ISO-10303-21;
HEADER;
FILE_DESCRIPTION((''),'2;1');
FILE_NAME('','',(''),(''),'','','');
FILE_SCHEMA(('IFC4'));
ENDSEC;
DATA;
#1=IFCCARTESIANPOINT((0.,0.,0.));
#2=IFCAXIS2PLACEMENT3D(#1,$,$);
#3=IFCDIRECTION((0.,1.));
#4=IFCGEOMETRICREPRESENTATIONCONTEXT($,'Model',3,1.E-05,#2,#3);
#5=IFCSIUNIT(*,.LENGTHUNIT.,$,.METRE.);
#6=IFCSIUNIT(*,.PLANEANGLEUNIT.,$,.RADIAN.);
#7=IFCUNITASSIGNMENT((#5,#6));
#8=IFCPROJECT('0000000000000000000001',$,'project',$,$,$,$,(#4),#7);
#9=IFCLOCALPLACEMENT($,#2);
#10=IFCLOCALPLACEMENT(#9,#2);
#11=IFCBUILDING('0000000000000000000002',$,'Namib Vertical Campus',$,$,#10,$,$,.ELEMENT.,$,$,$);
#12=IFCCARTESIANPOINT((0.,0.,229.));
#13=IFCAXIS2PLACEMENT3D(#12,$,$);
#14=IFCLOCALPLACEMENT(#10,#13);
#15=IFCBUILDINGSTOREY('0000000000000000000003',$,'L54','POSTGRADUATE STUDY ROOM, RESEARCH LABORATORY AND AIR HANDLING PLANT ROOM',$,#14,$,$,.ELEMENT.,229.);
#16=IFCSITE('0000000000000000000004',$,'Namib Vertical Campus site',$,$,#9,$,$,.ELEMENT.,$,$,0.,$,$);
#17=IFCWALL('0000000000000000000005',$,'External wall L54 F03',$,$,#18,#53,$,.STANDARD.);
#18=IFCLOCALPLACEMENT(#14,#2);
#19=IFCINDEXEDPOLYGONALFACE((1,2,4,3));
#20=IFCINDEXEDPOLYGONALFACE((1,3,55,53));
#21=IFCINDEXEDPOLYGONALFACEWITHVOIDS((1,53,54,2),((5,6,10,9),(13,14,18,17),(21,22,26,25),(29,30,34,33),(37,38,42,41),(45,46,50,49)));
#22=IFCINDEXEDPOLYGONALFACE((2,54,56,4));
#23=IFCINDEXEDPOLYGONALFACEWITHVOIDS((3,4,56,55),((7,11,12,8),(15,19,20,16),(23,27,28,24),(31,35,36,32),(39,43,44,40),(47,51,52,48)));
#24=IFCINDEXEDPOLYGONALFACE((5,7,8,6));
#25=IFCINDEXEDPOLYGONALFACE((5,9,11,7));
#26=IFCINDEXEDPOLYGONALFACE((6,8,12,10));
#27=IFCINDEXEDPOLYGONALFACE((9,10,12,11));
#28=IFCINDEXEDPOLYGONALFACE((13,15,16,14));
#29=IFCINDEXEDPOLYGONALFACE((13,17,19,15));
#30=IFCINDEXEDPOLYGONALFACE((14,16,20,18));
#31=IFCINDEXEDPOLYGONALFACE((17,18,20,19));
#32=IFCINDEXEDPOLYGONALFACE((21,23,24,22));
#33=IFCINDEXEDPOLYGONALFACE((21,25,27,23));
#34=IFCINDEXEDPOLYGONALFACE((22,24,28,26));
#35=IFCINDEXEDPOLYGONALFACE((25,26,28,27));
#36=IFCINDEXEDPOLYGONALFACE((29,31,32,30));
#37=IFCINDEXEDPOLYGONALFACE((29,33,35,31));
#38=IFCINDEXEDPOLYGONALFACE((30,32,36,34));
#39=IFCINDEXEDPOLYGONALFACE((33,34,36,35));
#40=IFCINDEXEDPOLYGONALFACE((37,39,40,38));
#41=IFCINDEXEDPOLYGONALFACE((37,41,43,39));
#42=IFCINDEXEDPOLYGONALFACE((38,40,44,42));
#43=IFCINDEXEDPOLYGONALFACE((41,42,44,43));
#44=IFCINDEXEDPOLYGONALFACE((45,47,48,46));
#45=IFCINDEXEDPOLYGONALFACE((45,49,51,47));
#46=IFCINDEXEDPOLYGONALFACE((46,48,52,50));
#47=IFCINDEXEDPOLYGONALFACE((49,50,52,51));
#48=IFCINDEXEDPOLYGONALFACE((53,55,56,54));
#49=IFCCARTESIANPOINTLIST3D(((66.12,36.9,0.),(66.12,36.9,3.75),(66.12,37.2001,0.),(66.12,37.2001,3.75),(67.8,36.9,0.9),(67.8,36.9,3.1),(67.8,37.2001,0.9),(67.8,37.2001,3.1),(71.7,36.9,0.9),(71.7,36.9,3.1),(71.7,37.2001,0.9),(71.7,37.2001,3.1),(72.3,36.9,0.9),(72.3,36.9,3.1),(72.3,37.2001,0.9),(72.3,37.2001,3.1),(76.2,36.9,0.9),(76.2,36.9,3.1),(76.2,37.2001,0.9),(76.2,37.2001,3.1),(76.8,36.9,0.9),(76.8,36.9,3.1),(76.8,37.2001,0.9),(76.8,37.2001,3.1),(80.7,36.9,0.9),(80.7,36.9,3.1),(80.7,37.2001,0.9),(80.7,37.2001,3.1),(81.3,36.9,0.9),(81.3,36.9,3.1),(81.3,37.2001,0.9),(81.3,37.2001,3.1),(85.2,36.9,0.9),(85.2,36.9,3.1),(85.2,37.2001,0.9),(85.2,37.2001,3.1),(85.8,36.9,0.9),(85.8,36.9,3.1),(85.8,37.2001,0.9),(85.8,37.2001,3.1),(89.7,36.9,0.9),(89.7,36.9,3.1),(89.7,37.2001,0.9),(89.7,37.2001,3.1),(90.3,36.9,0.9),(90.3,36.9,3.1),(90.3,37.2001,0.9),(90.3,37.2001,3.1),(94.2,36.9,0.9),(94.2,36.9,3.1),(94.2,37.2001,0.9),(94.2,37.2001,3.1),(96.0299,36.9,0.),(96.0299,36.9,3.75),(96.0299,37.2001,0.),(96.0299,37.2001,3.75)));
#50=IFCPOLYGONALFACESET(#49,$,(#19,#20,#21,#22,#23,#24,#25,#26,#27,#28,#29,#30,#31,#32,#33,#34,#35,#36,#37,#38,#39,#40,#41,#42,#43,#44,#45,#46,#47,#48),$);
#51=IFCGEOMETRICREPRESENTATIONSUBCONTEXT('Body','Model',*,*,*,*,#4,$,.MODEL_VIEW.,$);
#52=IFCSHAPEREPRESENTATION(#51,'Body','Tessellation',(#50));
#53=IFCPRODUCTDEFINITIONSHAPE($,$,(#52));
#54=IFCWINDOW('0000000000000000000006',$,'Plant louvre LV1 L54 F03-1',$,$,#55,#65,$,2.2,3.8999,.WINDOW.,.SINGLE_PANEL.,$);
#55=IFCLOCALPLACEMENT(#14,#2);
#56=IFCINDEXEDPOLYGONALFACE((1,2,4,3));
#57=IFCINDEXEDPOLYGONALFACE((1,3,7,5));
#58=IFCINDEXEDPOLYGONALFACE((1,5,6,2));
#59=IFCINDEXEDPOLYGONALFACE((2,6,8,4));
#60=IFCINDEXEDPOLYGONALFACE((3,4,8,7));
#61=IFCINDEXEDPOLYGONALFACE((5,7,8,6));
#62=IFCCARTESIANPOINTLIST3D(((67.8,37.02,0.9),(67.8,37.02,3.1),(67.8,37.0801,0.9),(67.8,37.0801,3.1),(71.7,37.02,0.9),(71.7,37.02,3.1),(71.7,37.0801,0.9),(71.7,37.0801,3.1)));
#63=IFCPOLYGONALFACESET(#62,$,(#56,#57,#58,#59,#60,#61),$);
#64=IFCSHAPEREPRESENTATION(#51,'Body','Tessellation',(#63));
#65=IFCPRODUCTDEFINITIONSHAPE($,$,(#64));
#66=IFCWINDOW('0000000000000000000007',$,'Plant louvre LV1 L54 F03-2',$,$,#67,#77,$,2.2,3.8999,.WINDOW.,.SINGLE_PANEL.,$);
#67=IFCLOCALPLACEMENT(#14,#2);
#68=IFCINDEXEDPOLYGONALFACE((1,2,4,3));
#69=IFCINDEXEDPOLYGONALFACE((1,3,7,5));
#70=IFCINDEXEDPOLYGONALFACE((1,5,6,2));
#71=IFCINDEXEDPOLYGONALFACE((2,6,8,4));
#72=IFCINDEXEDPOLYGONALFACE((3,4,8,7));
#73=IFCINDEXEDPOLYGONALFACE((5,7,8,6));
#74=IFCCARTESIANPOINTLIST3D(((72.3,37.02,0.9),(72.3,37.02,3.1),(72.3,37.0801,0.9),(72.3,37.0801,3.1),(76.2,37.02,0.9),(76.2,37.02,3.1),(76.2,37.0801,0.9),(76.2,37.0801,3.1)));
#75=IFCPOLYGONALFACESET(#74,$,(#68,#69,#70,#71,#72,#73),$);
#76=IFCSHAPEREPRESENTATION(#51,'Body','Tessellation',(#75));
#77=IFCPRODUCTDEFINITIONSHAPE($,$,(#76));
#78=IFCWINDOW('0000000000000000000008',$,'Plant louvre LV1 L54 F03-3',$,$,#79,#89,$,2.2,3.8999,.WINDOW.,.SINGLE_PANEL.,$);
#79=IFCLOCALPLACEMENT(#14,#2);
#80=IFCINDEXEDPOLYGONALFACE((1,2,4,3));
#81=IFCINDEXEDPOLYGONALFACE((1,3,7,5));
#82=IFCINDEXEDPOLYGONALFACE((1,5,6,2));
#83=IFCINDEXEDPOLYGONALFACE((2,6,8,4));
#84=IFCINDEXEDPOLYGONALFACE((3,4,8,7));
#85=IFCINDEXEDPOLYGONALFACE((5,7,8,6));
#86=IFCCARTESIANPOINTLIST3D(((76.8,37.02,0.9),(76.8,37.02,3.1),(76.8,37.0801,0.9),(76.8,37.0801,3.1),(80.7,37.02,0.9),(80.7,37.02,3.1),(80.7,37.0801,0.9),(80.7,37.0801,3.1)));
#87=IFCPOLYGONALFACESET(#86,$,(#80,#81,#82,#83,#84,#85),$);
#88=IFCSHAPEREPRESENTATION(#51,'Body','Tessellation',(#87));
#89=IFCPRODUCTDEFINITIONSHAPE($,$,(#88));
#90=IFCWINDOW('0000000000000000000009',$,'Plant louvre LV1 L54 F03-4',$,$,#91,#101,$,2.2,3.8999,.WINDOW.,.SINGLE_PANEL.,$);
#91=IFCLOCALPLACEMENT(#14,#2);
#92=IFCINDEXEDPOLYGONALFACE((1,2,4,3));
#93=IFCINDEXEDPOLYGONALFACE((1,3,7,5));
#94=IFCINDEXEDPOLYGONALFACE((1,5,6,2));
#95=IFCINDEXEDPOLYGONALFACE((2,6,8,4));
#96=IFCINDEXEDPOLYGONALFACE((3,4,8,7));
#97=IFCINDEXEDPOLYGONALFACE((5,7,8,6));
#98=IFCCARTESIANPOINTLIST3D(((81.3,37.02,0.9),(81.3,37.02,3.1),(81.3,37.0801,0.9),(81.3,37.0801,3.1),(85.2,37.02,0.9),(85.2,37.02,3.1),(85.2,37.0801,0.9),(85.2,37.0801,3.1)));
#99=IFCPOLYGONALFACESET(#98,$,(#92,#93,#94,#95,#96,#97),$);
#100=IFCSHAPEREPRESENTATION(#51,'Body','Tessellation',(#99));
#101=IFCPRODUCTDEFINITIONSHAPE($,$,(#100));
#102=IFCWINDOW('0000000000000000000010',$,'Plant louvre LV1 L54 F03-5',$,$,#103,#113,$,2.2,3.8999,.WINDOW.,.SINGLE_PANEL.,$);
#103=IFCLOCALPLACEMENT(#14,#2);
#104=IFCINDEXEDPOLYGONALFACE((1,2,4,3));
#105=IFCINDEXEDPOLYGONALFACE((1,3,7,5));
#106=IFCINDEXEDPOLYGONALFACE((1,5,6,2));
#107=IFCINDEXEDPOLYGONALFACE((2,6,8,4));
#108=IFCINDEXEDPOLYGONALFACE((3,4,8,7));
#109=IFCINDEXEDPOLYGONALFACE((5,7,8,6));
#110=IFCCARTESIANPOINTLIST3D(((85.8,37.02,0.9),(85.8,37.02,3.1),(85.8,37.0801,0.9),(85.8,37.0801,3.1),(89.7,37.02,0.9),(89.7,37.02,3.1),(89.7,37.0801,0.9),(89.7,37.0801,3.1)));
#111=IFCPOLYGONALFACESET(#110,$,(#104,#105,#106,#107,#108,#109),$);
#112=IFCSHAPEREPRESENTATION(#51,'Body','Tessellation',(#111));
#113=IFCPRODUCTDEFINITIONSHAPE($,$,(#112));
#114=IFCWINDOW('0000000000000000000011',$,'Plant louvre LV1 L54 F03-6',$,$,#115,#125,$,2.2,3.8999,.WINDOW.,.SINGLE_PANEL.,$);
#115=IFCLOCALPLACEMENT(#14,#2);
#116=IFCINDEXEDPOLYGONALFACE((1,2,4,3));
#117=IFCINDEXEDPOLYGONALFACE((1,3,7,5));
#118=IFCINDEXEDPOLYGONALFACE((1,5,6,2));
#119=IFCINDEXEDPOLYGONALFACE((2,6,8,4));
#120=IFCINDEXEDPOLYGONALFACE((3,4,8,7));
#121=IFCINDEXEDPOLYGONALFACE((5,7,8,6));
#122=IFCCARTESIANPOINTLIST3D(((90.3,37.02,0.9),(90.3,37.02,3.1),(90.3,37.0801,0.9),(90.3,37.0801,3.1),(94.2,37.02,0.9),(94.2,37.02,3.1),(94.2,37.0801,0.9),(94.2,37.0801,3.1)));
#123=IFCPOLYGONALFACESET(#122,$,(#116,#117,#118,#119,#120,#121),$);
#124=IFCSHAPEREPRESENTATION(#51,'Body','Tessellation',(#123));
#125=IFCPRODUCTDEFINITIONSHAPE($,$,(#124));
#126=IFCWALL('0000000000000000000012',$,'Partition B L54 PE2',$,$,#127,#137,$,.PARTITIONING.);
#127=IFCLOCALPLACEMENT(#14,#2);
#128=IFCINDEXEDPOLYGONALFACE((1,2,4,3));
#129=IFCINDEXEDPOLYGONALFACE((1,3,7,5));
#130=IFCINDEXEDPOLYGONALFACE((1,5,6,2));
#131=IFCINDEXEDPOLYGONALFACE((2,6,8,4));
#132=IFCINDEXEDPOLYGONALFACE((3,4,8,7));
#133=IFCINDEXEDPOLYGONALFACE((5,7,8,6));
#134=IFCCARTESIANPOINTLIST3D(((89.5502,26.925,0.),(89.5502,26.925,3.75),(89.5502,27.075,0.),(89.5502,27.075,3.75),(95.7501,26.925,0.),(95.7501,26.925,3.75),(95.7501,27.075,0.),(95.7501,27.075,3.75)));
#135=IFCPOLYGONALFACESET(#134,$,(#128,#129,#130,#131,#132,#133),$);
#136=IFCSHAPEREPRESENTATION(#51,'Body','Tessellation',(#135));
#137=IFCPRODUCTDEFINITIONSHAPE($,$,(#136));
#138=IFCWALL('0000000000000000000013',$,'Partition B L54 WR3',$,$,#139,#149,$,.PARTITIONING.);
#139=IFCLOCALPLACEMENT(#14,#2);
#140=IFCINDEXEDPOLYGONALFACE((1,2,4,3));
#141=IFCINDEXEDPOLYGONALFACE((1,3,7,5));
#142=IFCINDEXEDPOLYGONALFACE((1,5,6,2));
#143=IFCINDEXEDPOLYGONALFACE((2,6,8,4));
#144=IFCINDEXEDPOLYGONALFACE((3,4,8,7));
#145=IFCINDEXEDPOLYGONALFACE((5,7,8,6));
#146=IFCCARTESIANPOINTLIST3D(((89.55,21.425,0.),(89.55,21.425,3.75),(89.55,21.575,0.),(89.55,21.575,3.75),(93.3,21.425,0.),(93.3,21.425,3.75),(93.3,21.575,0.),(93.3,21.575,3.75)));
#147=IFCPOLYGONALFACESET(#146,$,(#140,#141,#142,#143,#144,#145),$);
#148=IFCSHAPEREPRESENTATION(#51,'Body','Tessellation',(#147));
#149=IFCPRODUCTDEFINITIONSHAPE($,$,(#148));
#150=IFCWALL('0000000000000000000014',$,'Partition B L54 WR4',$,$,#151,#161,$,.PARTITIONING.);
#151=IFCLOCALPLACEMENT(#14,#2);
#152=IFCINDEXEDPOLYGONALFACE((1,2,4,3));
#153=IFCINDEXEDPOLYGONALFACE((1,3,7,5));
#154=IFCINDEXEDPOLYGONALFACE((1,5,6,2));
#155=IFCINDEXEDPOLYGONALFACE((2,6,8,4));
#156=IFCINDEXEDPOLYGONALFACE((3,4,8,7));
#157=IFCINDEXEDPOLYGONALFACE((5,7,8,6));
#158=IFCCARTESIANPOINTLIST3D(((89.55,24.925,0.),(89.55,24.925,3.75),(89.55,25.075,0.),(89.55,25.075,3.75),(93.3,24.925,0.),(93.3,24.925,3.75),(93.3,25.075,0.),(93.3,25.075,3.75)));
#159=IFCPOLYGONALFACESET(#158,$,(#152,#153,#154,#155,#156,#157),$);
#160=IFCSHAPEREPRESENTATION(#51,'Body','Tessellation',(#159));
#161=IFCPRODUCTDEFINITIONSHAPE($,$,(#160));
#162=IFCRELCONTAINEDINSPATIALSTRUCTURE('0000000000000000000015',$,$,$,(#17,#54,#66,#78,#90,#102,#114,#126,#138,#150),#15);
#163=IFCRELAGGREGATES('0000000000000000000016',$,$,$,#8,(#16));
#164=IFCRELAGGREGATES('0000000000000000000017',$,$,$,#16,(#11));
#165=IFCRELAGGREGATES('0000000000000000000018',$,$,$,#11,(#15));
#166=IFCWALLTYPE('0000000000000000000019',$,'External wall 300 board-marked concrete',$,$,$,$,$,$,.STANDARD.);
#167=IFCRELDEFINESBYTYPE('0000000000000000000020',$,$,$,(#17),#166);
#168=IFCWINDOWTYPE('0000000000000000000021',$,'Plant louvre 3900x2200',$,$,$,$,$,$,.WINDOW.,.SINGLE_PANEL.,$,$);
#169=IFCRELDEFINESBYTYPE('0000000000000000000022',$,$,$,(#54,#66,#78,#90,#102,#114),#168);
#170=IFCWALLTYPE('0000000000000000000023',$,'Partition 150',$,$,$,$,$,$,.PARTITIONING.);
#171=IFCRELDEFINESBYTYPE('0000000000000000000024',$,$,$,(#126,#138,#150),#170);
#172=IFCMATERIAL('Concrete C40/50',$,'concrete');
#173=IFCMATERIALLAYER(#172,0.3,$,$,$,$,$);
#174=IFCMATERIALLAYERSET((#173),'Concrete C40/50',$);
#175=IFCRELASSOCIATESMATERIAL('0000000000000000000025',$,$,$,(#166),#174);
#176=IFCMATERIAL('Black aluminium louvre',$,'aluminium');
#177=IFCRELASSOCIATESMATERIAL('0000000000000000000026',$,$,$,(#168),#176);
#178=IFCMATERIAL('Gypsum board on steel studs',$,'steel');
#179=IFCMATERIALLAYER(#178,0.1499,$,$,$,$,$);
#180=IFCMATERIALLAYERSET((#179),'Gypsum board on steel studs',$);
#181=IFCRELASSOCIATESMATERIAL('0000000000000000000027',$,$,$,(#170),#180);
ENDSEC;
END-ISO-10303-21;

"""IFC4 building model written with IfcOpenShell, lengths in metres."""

from ifc_helpers import new_model, si_unit, direction, frame, frame_2d, origin, place, context, subcontext, project, spatial, rectangle, extrude, material, layer, layer_set, type_object, element, fill, save


model = new_model("IFC4")

# Units and contexts
model_context = context("Model", 3, precision=1e-05, world=origin(), true_north=direction((0.0, 1.0)))
body_context = subcontext(model_context, "Body", "Model", "MODEL_VIEW")
ifc_project = project(units=[si_unit("LENGTHUNIT", "METRE"), si_unit("PLANEANGLEUNIT", "RADIAN")], contexts=[model_context])

# Site, building, storey
site_placement = place(None, origin())
site = spatial("IfcSite", under=ifc_project, at=site_placement, Name="Namib Vertical Campus site", CompositionType="ELEMENT", RefElevation=0.0)
building_placement = place(site_placement, origin())
building = spatial("IfcBuilding", under=site, at=building_placement, Name="Namib Vertical Campus", CompositionType="ELEMENT")
storey_placement = place(building_placement, frame((0.0, 0.0, 229.0)))
storey = spatial("IfcBuildingStorey", under=building, at=storey_placement, Name="L54", Description="POSTGRADUATE STUDY ROOM, RESEARCH LABORATORY AND AIR HANDLING PLANT ROOM", CompositionType="ELEMENT", Elevation=229.0)

# Wall, openings, windows
ifc_material_1 = material(Name="Concrete C40/50", Category="concrete")
ifc_layer_1 = layer(ifc_material_1, 0.3)
ifc_layer_set_1 = layer_set([ifc_layer_1], Name="Concrete C40/50")
wall_type_1 = type_object("IfcWallType", Name="External wall 300 board-marked concrete", PredefinedType="STANDARD", material=ifc_layer_set_1)
wall_1_placement = place(storey_placement, frame((96.03, 37.05, 0.0), z_axis=(0.0, 0.0, 1.0), x_axis=(-1.0, 0.0, 0.0)))
wall_1 = element("IfcWall", 1, at=wall_1_placement, inside=storey, type_object=wall_type_1, Name="External wall L54 F03", PredefinedType="STANDARD", context=body_context, shape_type="SweptSolid", body=[
    extrude(rectangle(XDim=29.9099, YDim=0.3, at=frame_2d((14.9551, 0.0))), origin(), (0.0, 0.0, 1.0), 3.75),
])
opening_1_placement = place(wall_1_placement, frame((24.3301, 0.0, 0.8999)))
opening_1 = element("IfcOpeningElement", 2, at=opening_1_placement, cuts=wall_1, PredefinedType="OPENING", context=body_context, shape_type="SweptSolid", body=[
    extrude(rectangle(XDim=3.8999, YDim=2.2, at=frame_2d((1.95, 1.1001))), frame((0.0, 0.1599, 0.0), z_axis=(0.0, -1.0, 0.0), x_axis=(1.0, 0.0, 0.0)), (0.0, 0.0, 1.0), 0.3201),
])
opening_2_placement = place(wall_1_placement, frame((19.8301, 0.0, 0.8999)))
opening_2 = element("IfcOpeningElement", 3, at=opening_2_placement, cuts=wall_1, PredefinedType="OPENING", context=body_context, shape_type="SweptSolid", body=[
    extrude(rectangle(XDim=3.8999, YDim=2.2, at=frame_2d((1.95, 1.1001))), frame((0.0, 0.1599, 0.0), z_axis=(0.0, -1.0, 0.0), x_axis=(1.0, 0.0, 0.0)), (0.0, 0.0, 1.0), 0.3201),
])
opening_3_placement = place(wall_1_placement, frame((15.3301, 0.0, 0.8999)))
opening_3 = element("IfcOpeningElement", 4, at=opening_3_placement, cuts=wall_1, PredefinedType="OPENING", context=body_context, shape_type="SweptSolid", body=[
    extrude(rectangle(XDim=3.8999, YDim=2.2, at=frame_2d((1.95, 1.1001))), frame((0.0, 0.1599, 0.0), z_axis=(0.0, -1.0, 0.0), x_axis=(1.0, 0.0, 0.0)), (0.0, 0.0, 1.0), 0.3201),
])
opening_4_placement = place(wall_1_placement, frame((10.8301, 0.0, 0.8999)))
opening_4 = element("IfcOpeningElement", 5, at=opening_4_placement, cuts=wall_1, PredefinedType="OPENING", context=body_context, shape_type="SweptSolid", body=[
    extrude(rectangle(XDim=3.8999, YDim=2.2, at=frame_2d((1.95, 1.1001))), frame((0.0, 0.1599, 0.0), z_axis=(0.0, -1.0, 0.0), x_axis=(1.0, 0.0, 0.0)), (0.0, 0.0, 1.0), 0.3201),
])
opening_5_placement = place(wall_1_placement, frame((6.3301, 0.0, 0.8999)))
opening_5 = element("IfcOpeningElement", 6, at=opening_5_placement, cuts=wall_1, PredefinedType="OPENING", context=body_context, shape_type="SweptSolid", body=[
    extrude(rectangle(XDim=3.8999, YDim=2.2, at=frame_2d((1.95, 1.1001))), frame((0.0, 0.1599, 0.0), z_axis=(0.0, -1.0, 0.0), x_axis=(1.0, 0.0, 0.0)), (0.0, 0.0, 1.0), 0.3201),
])
opening_6_placement = place(wall_1_placement, frame((1.8301, 0.0, 0.8999)))
opening_6 = element("IfcOpeningElement", 7, at=opening_6_placement, cuts=wall_1, PredefinedType="OPENING", context=body_context, shape_type="SweptSolid", body=[
    extrude(rectangle(XDim=3.8999, YDim=2.2, at=frame_2d((1.95, 1.1001))), frame((0.0, 0.1599, 0.0), z_axis=(0.0, -1.0, 0.0), x_axis=(1.0, 0.0, 0.0)), (0.0, 0.0, 1.0), 0.3201),
])
ifc_material_2 = material(Name="Black aluminium louvre", Category="aluminium")
window_type = type_object("IfcWindowType", Name="Plant louvre 3900x2200", PartitioningType="SINGLE_PANEL", PredefinedType="WINDOW", material=ifc_material_2)
window_1_placement = place(opening_1_placement, origin())
window_1 = element("IfcWindow", 8, at=window_1_placement, inside=storey, type_object=window_type, Name="Plant louvre LV1 L54 F03-1", OverallHeight=2.2, OverallWidth=3.8999, PartitioningType="SINGLE_PANEL", PredefinedType="WINDOW", context=body_context, shape_type="SweptSolid", body=[
    extrude(rectangle(XDim=3.8999, YDim=2.2, at=frame_2d((1.95, 1.1001))), frame((0.0, 0.03, 0.0), z_axis=(0.0, -1.0, 0.0), x_axis=(1.0, 0.0, 0.0)), (0.0, 0.0, 1.0), 0.0601),
])
fill(opening_1, window_1)
window_2_placement = place(opening_2_placement, origin())
window_2 = element("IfcWindow", 9, at=window_2_placement, inside=storey, type_object=window_type, Name="Plant louvre LV1 L54 F03-2", OverallHeight=2.2, OverallWidth=3.8999, PartitioningType="SINGLE_PANEL", PredefinedType="WINDOW", context=body_context, shape_type="SweptSolid", body=[
    extrude(rectangle(XDim=3.8999, YDim=2.2, at=frame_2d((1.95, 1.1001))), frame((0.0, 0.03, 0.0), z_axis=(0.0, -1.0, 0.0), x_axis=(1.0, 0.0, 0.0)), (0.0, 0.0, 1.0), 0.0601),
])
fill(opening_2, window_2)
window_3_placement = place(opening_3_placement, origin())
window_3 = element("IfcWindow", 10, at=window_3_placement, inside=storey, type_object=window_type, Name="Plant louvre LV1 L54 F03-3", OverallHeight=2.2, OverallWidth=3.8999, PartitioningType="SINGLE_PANEL", PredefinedType="WINDOW", context=body_context, shape_type="SweptSolid", body=[
    extrude(rectangle(XDim=3.8999, YDim=2.2, at=frame_2d((1.95, 1.1001))), frame((0.0, 0.03, 0.0), z_axis=(0.0, -1.0, 0.0), x_axis=(1.0, 0.0, 0.0)), (0.0, 0.0, 1.0), 0.0601),
])
fill(opening_3, window_3)
window_4_placement = place(opening_4_placement, origin())
window_4 = element("IfcWindow", 11, at=window_4_placement, inside=storey, type_object=window_type, Name="Plant louvre LV1 L54 F03-4", OverallHeight=2.2, OverallWidth=3.8999, PartitioningType="SINGLE_PANEL", PredefinedType="WINDOW", context=body_context, shape_type="SweptSolid", body=[
    extrude(rectangle(XDim=3.8999, YDim=2.2, at=frame_2d((1.95, 1.1001))), frame((0.0, 0.03, 0.0), z_axis=(0.0, -1.0, 0.0), x_axis=(1.0, 0.0, 0.0)), (0.0, 0.0, 1.0), 0.0601),
])
fill(opening_4, window_4)
window_5_placement = place(opening_5_placement, origin())
window_5 = element("IfcWindow", 12, at=window_5_placement, inside=storey, type_object=window_type, Name="Plant louvre LV1 L54 F03-5", OverallHeight=2.2, OverallWidth=3.8999, PartitioningType="SINGLE_PANEL", PredefinedType="WINDOW", context=body_context, shape_type="SweptSolid", body=[
    extrude(rectangle(XDim=3.8999, YDim=2.2, at=frame_2d((1.95, 1.1001))), frame((0.0, 0.03, 0.0), z_axis=(0.0, -1.0, 0.0), x_axis=(1.0, 0.0, 0.0)), (0.0, 0.0, 1.0), 0.0601),
])
fill(opening_5, window_5)
window_6_placement = place(opening_6_placement, origin())
window_6 = element("IfcWindow", 13, at=window_6_placement, inside=storey, type_object=window_type, Name="Plant louvre LV1 L54 F03-6", OverallHeight=2.2, OverallWidth=3.8999, PartitioningType="SINGLE_PANEL", PredefinedType="WINDOW", context=body_context, shape_type="SweptSolid", body=[
    extrude(rectangle(XDim=3.8999, YDim=2.2, at=frame_2d((1.95, 1.1001))), frame((0.0, 0.03, 0.0), z_axis=(0.0, -1.0, 0.0), x_axis=(1.0, 0.0, 0.0)), (0.0, 0.0, 1.0), 0.0601),
])
fill(opening_6, window_6)

# Walls
ifc_material_3 = material(Name="Gypsum board on steel studs", Category="steel")
ifc_layer_2 = layer(ifc_material_3, 0.1499)
ifc_layer_set_2 = layer_set([ifc_layer_2], Name="Gypsum board on steel studs")
wall_type_2 = type_object("IfcWallType", Name="Partition 150", PredefinedType="PARTITIONING", material=ifc_layer_set_2)
wall_2_placement = place(storey_placement, frame((89.55, 27.0, 0.0), z_axis=(0.0, 0.0, 1.0), x_axis=(1.0, 0.0, 0.0)))
element("IfcWall", 14, at=wall_2_placement, inside=storey, type_object=wall_type_2, Name="Partition B L54 PE2", PredefinedType="PARTITIONING", context=body_context, shape_type="SweptSolid", body=[
    extrude(rectangle(XDim=6.2, YDim=0.1499, at=frame_2d((3.1001, 0.0))), origin(), (0.0, 0.0, 1.0), 3.75),
])
for number, where, z_axis, x_axis, name in (
    (15, (89.55, 21.5, 0.0), (0.0, 0.0, 1.0), (1.0, 0.0, 0.0), "Partition B L54 WR3"),
    (16, (89.55, 25.0, 0.0), (0.0, 0.0, 1.0), (1.0, 0.0, 0.0), "Partition B L54 WR4"),
):
    element("IfcWall", number, at=place(storey_placement, frame(where, z_axis=z_axis, x_axis=x_axis)), inside=storey, type_object=wall_type_2, Name=name, PredefinedType="PARTITIONING", context=body_context, shape_type="SweptSolid", body=[
        extrude(rectangle(XDim=3.75, YDim=0.1499, at=frame_2d((1.875, 0.0))), origin(), (0.0, 0.0, 1.0), 3.75),
    ])

save(model, "model.ifc")
